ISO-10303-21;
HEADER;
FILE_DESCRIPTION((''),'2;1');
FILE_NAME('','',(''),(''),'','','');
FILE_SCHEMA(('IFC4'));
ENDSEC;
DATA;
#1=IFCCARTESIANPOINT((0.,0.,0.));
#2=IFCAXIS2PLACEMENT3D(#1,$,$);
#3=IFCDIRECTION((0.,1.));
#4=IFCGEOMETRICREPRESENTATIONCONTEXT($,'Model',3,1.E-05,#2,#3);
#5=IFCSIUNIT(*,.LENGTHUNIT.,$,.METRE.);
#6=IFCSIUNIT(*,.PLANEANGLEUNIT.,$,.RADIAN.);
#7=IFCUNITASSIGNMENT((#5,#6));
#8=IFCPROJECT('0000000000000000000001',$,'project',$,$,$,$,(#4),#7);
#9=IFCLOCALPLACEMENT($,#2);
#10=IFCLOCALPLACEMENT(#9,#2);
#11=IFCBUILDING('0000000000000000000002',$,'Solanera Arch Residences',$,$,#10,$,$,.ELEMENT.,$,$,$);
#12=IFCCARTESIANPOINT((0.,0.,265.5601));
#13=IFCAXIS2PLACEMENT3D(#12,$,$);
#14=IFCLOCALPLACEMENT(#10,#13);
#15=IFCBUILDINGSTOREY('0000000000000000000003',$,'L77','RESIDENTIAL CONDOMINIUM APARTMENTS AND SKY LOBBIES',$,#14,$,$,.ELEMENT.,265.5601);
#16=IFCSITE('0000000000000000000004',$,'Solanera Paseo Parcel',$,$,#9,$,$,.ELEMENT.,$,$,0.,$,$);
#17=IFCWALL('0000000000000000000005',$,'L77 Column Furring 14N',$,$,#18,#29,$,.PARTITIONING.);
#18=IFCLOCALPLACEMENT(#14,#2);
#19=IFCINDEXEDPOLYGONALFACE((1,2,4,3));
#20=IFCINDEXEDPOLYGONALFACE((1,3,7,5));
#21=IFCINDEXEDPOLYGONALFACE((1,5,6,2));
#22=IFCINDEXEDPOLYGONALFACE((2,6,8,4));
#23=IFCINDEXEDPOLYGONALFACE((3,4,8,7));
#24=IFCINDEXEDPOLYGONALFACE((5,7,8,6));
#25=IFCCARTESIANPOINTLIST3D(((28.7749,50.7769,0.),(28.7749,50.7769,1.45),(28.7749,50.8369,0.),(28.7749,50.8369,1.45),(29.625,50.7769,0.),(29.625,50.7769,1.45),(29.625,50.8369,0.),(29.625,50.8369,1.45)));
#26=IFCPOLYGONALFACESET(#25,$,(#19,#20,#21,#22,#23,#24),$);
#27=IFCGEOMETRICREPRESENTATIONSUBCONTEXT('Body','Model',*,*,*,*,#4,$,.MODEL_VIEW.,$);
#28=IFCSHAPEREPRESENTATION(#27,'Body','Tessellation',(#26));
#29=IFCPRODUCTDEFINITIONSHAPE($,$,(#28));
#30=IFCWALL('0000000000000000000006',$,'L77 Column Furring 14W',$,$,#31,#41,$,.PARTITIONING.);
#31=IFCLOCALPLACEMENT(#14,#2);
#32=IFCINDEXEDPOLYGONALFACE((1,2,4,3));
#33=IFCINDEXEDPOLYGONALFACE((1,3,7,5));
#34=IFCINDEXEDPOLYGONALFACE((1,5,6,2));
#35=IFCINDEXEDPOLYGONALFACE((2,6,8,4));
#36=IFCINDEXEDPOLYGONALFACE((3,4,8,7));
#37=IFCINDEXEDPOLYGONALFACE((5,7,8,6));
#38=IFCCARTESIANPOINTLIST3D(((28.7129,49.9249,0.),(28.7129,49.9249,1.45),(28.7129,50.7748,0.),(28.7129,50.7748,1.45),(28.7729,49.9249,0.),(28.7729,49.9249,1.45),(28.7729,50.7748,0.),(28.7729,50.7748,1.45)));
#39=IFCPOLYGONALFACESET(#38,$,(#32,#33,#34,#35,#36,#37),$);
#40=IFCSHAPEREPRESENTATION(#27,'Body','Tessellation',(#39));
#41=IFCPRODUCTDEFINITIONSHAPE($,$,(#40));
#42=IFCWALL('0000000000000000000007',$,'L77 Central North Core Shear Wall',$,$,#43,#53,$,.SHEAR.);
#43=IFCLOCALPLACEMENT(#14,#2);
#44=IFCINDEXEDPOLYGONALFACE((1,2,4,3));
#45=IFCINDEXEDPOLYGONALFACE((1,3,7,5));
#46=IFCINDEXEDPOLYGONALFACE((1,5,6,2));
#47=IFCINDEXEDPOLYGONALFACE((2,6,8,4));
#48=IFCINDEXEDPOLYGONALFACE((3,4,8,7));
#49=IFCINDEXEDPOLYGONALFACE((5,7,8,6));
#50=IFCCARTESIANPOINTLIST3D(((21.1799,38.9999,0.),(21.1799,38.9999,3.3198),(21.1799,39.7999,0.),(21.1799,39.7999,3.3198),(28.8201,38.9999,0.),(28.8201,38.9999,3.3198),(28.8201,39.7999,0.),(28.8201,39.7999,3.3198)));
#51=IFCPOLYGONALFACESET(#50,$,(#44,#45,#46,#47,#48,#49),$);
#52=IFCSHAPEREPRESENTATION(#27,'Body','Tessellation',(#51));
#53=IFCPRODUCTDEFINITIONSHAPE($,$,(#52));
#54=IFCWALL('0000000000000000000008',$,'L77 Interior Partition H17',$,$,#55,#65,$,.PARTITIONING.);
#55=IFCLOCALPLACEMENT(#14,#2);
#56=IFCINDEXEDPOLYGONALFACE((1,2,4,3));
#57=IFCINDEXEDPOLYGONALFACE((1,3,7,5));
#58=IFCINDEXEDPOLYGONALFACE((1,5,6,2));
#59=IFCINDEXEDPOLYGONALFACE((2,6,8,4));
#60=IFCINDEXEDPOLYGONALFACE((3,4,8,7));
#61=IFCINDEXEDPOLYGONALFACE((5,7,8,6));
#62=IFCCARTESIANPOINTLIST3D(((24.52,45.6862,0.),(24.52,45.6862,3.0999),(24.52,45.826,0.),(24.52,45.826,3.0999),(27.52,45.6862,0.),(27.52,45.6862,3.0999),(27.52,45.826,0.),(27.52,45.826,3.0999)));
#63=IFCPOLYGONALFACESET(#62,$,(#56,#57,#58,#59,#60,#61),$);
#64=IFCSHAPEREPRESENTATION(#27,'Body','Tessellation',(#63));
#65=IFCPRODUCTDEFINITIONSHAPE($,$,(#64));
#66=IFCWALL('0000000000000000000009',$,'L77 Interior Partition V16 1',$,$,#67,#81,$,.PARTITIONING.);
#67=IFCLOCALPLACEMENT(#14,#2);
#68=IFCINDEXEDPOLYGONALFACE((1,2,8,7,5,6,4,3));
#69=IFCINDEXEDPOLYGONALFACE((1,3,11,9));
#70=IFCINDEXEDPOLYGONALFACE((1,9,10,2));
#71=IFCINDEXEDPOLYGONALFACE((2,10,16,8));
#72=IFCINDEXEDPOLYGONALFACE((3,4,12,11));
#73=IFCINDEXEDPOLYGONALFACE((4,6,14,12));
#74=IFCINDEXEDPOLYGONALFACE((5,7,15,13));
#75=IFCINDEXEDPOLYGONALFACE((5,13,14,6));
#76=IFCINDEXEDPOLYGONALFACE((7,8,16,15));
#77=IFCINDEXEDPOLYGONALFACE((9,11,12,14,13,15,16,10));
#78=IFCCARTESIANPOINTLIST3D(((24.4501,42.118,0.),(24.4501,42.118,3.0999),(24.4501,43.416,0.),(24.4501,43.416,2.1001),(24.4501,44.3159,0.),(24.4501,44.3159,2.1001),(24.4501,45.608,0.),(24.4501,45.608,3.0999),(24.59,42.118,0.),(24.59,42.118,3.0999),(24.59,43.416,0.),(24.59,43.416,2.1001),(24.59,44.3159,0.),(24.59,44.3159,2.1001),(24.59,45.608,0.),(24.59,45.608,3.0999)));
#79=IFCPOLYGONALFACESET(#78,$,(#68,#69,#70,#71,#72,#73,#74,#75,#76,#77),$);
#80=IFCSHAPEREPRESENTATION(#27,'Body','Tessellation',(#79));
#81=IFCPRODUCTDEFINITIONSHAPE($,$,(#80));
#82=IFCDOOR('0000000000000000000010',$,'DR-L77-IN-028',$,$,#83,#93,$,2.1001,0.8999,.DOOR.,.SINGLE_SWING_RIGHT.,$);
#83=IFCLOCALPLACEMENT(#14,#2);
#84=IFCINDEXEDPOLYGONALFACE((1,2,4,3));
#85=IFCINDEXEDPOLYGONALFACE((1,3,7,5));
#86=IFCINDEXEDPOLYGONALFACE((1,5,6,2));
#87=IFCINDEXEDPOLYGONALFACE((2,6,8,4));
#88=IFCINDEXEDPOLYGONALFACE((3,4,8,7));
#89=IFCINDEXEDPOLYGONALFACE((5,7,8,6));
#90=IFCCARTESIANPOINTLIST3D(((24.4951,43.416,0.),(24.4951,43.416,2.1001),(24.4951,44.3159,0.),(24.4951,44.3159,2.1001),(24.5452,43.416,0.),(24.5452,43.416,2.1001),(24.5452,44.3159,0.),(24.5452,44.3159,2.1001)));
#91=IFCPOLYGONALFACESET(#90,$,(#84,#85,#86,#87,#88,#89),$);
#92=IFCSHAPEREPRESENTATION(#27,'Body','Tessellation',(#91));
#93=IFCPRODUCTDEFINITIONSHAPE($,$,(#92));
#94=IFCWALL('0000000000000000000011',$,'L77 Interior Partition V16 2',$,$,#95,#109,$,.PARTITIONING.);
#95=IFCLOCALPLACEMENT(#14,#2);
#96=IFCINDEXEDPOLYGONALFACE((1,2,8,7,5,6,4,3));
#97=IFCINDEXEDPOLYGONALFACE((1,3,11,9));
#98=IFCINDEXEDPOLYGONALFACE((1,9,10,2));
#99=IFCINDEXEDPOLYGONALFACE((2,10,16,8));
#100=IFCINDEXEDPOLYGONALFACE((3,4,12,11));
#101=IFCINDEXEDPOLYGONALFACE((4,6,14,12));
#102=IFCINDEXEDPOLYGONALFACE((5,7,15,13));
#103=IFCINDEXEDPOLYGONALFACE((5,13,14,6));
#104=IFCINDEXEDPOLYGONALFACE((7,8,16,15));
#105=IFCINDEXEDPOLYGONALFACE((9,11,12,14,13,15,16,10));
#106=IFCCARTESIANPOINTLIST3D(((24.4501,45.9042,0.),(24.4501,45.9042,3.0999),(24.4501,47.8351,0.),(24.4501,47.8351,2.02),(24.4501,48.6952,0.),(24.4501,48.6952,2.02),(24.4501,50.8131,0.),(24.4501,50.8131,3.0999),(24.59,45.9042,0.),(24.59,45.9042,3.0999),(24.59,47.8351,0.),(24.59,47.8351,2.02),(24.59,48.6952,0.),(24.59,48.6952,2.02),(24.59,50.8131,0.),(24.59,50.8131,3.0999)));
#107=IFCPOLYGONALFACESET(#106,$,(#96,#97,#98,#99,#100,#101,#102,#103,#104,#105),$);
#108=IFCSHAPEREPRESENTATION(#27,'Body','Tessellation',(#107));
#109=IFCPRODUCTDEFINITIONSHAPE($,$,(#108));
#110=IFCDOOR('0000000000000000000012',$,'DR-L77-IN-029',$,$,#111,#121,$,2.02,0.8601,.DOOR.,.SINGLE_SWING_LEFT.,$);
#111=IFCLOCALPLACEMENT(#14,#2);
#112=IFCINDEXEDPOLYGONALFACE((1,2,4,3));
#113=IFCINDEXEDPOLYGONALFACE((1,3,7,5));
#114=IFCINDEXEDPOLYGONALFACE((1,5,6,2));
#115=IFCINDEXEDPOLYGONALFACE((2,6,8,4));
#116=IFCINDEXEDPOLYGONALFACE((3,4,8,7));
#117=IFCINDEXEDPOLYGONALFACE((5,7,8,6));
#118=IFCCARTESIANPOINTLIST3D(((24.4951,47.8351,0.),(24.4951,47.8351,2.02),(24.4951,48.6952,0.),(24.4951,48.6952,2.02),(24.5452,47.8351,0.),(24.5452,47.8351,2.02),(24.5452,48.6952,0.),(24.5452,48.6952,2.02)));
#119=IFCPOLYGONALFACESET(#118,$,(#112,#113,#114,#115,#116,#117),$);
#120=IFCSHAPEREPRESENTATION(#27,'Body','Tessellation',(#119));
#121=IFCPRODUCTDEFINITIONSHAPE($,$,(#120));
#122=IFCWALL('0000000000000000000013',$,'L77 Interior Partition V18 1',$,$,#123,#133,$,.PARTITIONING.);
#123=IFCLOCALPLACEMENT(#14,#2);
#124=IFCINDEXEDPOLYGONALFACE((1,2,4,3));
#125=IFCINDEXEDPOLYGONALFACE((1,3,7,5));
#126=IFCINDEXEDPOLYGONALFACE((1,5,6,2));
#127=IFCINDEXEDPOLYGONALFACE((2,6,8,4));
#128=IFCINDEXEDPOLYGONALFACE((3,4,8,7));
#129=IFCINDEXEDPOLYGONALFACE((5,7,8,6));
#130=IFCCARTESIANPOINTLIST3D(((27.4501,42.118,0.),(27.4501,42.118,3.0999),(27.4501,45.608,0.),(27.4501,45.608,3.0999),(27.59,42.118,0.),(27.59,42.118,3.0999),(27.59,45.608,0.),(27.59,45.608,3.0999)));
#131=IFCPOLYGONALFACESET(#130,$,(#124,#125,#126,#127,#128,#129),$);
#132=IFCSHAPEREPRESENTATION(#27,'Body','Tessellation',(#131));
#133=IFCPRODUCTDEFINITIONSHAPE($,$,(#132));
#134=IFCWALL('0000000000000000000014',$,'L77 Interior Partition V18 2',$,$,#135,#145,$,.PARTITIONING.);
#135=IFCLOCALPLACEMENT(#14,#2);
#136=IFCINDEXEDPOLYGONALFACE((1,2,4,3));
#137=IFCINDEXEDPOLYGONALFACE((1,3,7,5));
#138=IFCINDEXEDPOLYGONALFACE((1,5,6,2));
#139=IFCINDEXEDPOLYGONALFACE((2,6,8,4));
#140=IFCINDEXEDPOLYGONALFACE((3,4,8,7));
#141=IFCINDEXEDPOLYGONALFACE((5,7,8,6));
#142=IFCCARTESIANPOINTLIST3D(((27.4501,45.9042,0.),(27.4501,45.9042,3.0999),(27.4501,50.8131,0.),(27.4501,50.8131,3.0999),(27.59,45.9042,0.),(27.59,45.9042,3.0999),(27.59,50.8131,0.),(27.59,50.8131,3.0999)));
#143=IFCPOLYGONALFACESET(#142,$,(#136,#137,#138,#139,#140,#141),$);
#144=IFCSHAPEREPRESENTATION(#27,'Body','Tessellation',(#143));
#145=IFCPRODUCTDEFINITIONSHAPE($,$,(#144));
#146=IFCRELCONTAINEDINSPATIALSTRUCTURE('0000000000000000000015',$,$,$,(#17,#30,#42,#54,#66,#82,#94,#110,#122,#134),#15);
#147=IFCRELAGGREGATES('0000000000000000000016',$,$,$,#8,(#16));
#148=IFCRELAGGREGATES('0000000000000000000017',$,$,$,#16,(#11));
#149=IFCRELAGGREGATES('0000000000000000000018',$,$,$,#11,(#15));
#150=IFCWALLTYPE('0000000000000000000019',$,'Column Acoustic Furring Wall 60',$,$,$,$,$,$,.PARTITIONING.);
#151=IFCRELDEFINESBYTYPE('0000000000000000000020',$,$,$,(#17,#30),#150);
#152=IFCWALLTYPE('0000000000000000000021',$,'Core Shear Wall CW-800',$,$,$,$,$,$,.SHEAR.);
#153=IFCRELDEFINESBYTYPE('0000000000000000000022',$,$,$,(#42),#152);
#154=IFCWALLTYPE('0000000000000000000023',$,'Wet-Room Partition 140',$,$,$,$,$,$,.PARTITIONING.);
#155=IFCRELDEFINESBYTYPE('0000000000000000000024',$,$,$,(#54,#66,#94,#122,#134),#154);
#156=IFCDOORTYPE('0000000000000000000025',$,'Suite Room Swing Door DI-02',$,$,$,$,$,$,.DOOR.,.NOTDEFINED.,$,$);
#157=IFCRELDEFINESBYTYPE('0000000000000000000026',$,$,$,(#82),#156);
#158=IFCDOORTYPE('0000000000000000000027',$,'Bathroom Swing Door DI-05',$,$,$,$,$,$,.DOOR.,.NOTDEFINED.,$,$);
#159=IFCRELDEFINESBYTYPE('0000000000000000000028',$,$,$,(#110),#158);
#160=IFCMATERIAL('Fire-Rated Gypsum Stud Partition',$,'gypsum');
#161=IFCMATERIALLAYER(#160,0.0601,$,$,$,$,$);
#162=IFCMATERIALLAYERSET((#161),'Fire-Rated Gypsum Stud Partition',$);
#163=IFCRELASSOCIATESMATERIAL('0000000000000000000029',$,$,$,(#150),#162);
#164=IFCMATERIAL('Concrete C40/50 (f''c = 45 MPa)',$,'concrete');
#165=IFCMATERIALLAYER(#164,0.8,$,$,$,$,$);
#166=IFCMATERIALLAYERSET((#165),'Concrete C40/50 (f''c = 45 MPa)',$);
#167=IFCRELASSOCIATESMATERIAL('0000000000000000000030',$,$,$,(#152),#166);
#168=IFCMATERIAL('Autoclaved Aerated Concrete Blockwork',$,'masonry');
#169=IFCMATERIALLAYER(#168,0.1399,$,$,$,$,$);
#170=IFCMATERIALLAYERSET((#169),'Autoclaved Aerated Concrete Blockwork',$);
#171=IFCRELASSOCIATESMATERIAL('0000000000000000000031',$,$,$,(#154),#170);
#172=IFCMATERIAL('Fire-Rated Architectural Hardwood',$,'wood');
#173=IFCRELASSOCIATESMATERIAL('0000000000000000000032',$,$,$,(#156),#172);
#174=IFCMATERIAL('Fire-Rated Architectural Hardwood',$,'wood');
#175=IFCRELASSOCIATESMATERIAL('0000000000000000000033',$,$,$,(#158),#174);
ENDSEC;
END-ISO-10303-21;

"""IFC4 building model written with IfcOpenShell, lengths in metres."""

from ifc_helpers import new_model, si_unit, direction, frame, frame_2d, origin, place, context, subcontext, project, spatial, rectangle, extrude, material, layer, layer_set, type_object, element, fill, save


model = new_model("IFC4")

# Units and contexts
model_context = context("Model", 3, precision=1e-05, world=origin(), true_north=direction((0.0, 1.0)))
body_context = subcontext(model_context, "Body", "Model", "MODEL_VIEW")
ifc_project = project(units=[si_unit("LENGTHUNIT", "METRE"), si_unit("PLANEANGLEUNIT", "RADIAN")], contexts=[model_context])

# Site, building, storey
site_placement = place(None, origin())
site = spatial("IfcSite", under=ifc_project, at=site_placement, Name="Solanera Paseo Parcel", CompositionType="ELEMENT", RefElevation=0.0)
building_placement = place(site_placement, origin())
building = spatial("IfcBuilding", under=site, at=building_placement, Name="Solanera Arch Residences", CompositionType="ELEMENT")
storey_placement = place(building_placement, frame((0.0, 0.0, 265.5601)))
storey = spatial("IfcBuildingStorey", under=building, at=storey_placement, Name="L77", Description="RESIDENTIAL CONDOMINIUM APARTMENTS AND SKY LOBBIES", CompositionType="ELEMENT", Elevation=265.5601)

# Walls
ifc_material_1 = material(Name="Fire-Rated Gypsum Stud Partition", Category="gypsum")
ifc_layer_1 = layer(ifc_material_1, 0.0601)
ifc_layer_set_1 = layer_set([ifc_layer_1], Name="Fire-Rated Gypsum Stud Partition")
wall_type_1 = type_object("IfcWallType", Name="Column Acoustic Furring Wall 60", PredefinedType="PARTITIONING", material=ifc_layer_set_1)
for number, where, z_axis, x_axis, name in (
    (1, (28.7749, 50.8069, 0.0), (0.0, 0.0, 1.0), (1.0, 0.0, 0.0), "L77 Column Furring 14N"),
):
    element("IfcWall", number, at=place(storey_placement, frame(where, z_axis=z_axis, x_axis=x_axis)), inside=storey, type_object=wall_type_1, Name=name, PredefinedType="PARTITIONING", context=body_context, shape_type="SweptSolid", body=[
        extrude(rectangle(XDim=0.8501, YDim=0.0601, at=frame_2d((0.425, 0.0))), origin(), (0.0, 0.0, 1.0), 1.45),
    ])
wall_1_placement = place(storey_placement, frame((28.7429, 49.925, 0.0), z_axis=(0.0, 0.0, 1.0), x_axis=(0.0, 1.0, 0.0)))
element("IfcWall", 2, at=wall_1_placement, inside=storey, type_object=wall_type_1, Name="L77 Column Furring 14W", PredefinedType="PARTITIONING", context=body_context, shape_type="SweptSolid", body=[
    extrude(rectangle(XDim=0.8499, YDim=0.0601, at=frame_2d((0.4248, 0.0))), origin(), (0.0, 0.0, 1.0), 1.45),
])
ifc_material_2 = material(Name="Concrete C40/50 (f'c = 45 MPa)", Category="concrete")
ifc_layer_2 = layer(ifc_material_2, 0.8)
ifc_layer_set_2 = layer_set([ifc_layer_2], Name="Concrete C40/50 (f'c = 45 MPa)")
wall_type_2 = type_object("IfcWallType", Name="Core Shear Wall CW-800", PredefinedType="SHEAR", material=ifc_layer_set_2)
wall_2_placement = place(storey_placement, frame((21.1799, 39.3999, 0.0), z_axis=(0.0, 0.0, 1.0), x_axis=(1.0, 0.0, 0.0)))
element("IfcWall", 3, at=wall_2_placement, inside=storey, type_object=wall_type_2, Name="L77 Central North Core Shear Wall", PredefinedType="SHEAR", context=body_context, shape_type="SweptSolid", body=[
    extrude(rectangle(XDim=7.6401, YDim=0.8, at=frame_2d((3.8201, 0.0))), origin(), (0.0, 0.0, 1.0), 3.3198),
])
ifc_material_3 = material(Name="Autoclaved Aerated Concrete Blockwork", Category="masonry")
ifc_layer_3 = layer(ifc_material_3, 0.1399)
ifc_layer_set_3 = layer_set([ifc_layer_3], Name="Autoclaved Aerated Concrete Blockwork")
wall_type_3 = type_object("IfcWallType", Name="Wet-Room Partition 140", PredefinedType="PARTITIONING", material=ifc_layer_set_3)
wall_3_placement = place(storey_placement, frame((24.52, 45.7561, 0.0), z_axis=(0.0, 0.0, 1.0), x_axis=(1.0, 0.0, 0.0)))
element("IfcWall", 4, at=wall_3_placement, inside=storey, type_object=wall_type_3, Name="L77 Interior Partition H17", PredefinedType="PARTITIONING", context=body_context, shape_type="SweptSolid", body=[
    extrude(rectangle(XDim=3.0, YDim=0.1399, at=frame_2d((1.5, 0.0))), origin(), (0.0, 0.0, 1.0), 3.0999),
])

# Walls, openings, doors
wall_4_placement = place(storey_placement, frame((24.52, 42.1179, 0.0), z_axis=(0.0, 0.0, 1.0), x_axis=(0.0, 1.0, 0.0)))
wall_4 = element("IfcWall", 5, at=wall_4_placement, inside=storey, type_object=wall_type_3, Name="L77 Interior Partition V16 1", PredefinedType="PARTITIONING", context=body_context, shape_type="SweptSolid", body=[
    extrude(rectangle(XDim=3.49, YDim=0.1399, at=frame_2d((1.7451, 0.0))), origin(), (0.0, 0.0, 1.0), 3.0999),
])
opening_1_placement = place(wall_4_placement, frame((1.2981, 0.0, 0.0)))
opening_1 = element("IfcOpeningElement", 6, at=opening_1_placement, cuts=wall_4, PredefinedType="OPENING", context=body_context, shape_type="SweptSolid", body=[
    extrude(rectangle(XDim=0.8999, YDim=2.1001, at=frame_2d((0.45, 1.05))), frame((0.0, 0.0798, 0.0), z_axis=(0.0, -1.0, 0.0), x_axis=(1.0, 0.0, 0.0)), (0.0, 0.0, 1.0), 0.1599),
])
ifc_material_4 = material(Name="Fire-Rated Architectural Hardwood", Category="wood")
door_type_1 = type_object("IfcDoorType", Name="Suite Room Swing Door DI-02", OperationType="NOTDEFINED", PredefinedType="DOOR", material=ifc_material_4)
door_1_placement = place(opening_1_placement, origin())
door_1 = element("IfcDoor", 7, at=door_1_placement, inside=storey, type_object=door_type_1, Name="DR-L77-IN-028", OperationType="SINGLE_SWING_RIGHT", OverallHeight=2.1001, OverallWidth=0.8999, PredefinedType="DOOR", context=body_context, shape_type="SweptSolid", body=[
    extrude(rectangle(XDim=0.8999, YDim=2.1001, at=frame_2d((0.45, 1.05))), frame((0.0, 0.0249, 0.0), z_axis=(0.0, -1.0, 0.0), x_axis=(1.0, 0.0, 0.0)), (0.0, 0.0, 1.0), 0.05),
])
fill(opening_1, door_1)
wall_5_placement = place(storey_placement, frame((24.52, 45.9041, 0.0), z_axis=(0.0, 0.0, 1.0), x_axis=(0.0, 1.0, 0.0)))
wall_5 = element("IfcWall", 8, at=wall_5_placement, inside=storey, type_object=wall_type_3, Name="L77 Interior Partition V16 2", PredefinedType="PARTITIONING", context=body_context, shape_type="SweptSolid", body=[
    extrude(rectangle(XDim=4.9089, YDim=0.1399, at=frame_2d((2.4546, 0.0))), origin(), (0.0, 0.0, 1.0), 3.0999),
])
opening_2_placement = place(wall_5_placement, frame((1.9309, 0.0, 0.0)))
opening_2 = element("IfcOpeningElement", 9, at=opening_2_placement, cuts=wall_5, PredefinedType="OPENING", context=body_context, shape_type="SweptSolid", body=[
    extrude(rectangle(XDim=0.8601, YDim=2.02, at=frame_2d((0.4302, 1.01))), frame((0.0, 0.0798, 0.0), z_axis=(0.0, -1.0, 0.0), x_axis=(1.0, 0.0, 0.0)), (0.0, 0.0, 1.0), 0.1599),
])
ifc_material_5 = material(Name="Fire-Rated Architectural Hardwood", Category="wood")
door_type_2 = type_object("IfcDoorType", Name="Bathroom Swing Door DI-05", OperationType="NOTDEFINED", PredefinedType="DOOR", material=ifc_material_5)
door_2_placement = place(opening_2_placement, origin())
door_2 = element("IfcDoor", 10, at=door_2_placement, inside=storey, type_object=door_type_2, Name="DR-L77-IN-029", OperationType="SINGLE_SWING_LEFT", OverallHeight=2.02, OverallWidth=0.8601, PredefinedType="DOOR", context=body_context, shape_type="SweptSolid", body=[
    extrude(rectangle(XDim=0.8601, YDim=2.02, at=frame_2d((0.4302, 1.01))), frame((0.0, 0.0249, 0.0), z_axis=(0.0, -1.0, 0.0), x_axis=(1.0, 0.0, 0.0)), (0.0, 0.0, 1.0), 0.05),
])
fill(opening_2, door_2)

# Walls
wall_6_placement = place(storey_placement, frame((27.52, 42.1179, 0.0), z_axis=(0.0, 0.0, 1.0), x_axis=(0.0, 1.0, 0.0)))
element("IfcWall", 11, at=wall_6_placement, inside=storey, type_object=wall_type_3, Name="L77 Interior Partition V18 1", PredefinedType="PARTITIONING", context=body_context, shape_type="SweptSolid", body=[
    extrude(rectangle(XDim=3.49, YDim=0.1399, at=frame_2d((1.7451, 0.0))), origin(), (0.0, 0.0, 1.0), 3.0999),
])
wall_7_placement = place(storey_placement, frame((27.52, 45.9041, 0.0), z_axis=(0.0, 0.0, 1.0), x_axis=(0.0, 1.0, 0.0)))
element("IfcWall", 12, at=wall_7_placement, inside=storey, type_object=wall_type_3, Name="L77 Interior Partition V18 2", PredefinedType="PARTITIONING", context=body_context, shape_type="SweptSolid", body=[
    extrude(rectangle(XDim=4.9089, YDim=0.1399, at=frame_2d((2.4546, 0.0))), origin(), (0.0, 0.0, 1.0), 3.0999),
])

save(model, "model.ifc")
